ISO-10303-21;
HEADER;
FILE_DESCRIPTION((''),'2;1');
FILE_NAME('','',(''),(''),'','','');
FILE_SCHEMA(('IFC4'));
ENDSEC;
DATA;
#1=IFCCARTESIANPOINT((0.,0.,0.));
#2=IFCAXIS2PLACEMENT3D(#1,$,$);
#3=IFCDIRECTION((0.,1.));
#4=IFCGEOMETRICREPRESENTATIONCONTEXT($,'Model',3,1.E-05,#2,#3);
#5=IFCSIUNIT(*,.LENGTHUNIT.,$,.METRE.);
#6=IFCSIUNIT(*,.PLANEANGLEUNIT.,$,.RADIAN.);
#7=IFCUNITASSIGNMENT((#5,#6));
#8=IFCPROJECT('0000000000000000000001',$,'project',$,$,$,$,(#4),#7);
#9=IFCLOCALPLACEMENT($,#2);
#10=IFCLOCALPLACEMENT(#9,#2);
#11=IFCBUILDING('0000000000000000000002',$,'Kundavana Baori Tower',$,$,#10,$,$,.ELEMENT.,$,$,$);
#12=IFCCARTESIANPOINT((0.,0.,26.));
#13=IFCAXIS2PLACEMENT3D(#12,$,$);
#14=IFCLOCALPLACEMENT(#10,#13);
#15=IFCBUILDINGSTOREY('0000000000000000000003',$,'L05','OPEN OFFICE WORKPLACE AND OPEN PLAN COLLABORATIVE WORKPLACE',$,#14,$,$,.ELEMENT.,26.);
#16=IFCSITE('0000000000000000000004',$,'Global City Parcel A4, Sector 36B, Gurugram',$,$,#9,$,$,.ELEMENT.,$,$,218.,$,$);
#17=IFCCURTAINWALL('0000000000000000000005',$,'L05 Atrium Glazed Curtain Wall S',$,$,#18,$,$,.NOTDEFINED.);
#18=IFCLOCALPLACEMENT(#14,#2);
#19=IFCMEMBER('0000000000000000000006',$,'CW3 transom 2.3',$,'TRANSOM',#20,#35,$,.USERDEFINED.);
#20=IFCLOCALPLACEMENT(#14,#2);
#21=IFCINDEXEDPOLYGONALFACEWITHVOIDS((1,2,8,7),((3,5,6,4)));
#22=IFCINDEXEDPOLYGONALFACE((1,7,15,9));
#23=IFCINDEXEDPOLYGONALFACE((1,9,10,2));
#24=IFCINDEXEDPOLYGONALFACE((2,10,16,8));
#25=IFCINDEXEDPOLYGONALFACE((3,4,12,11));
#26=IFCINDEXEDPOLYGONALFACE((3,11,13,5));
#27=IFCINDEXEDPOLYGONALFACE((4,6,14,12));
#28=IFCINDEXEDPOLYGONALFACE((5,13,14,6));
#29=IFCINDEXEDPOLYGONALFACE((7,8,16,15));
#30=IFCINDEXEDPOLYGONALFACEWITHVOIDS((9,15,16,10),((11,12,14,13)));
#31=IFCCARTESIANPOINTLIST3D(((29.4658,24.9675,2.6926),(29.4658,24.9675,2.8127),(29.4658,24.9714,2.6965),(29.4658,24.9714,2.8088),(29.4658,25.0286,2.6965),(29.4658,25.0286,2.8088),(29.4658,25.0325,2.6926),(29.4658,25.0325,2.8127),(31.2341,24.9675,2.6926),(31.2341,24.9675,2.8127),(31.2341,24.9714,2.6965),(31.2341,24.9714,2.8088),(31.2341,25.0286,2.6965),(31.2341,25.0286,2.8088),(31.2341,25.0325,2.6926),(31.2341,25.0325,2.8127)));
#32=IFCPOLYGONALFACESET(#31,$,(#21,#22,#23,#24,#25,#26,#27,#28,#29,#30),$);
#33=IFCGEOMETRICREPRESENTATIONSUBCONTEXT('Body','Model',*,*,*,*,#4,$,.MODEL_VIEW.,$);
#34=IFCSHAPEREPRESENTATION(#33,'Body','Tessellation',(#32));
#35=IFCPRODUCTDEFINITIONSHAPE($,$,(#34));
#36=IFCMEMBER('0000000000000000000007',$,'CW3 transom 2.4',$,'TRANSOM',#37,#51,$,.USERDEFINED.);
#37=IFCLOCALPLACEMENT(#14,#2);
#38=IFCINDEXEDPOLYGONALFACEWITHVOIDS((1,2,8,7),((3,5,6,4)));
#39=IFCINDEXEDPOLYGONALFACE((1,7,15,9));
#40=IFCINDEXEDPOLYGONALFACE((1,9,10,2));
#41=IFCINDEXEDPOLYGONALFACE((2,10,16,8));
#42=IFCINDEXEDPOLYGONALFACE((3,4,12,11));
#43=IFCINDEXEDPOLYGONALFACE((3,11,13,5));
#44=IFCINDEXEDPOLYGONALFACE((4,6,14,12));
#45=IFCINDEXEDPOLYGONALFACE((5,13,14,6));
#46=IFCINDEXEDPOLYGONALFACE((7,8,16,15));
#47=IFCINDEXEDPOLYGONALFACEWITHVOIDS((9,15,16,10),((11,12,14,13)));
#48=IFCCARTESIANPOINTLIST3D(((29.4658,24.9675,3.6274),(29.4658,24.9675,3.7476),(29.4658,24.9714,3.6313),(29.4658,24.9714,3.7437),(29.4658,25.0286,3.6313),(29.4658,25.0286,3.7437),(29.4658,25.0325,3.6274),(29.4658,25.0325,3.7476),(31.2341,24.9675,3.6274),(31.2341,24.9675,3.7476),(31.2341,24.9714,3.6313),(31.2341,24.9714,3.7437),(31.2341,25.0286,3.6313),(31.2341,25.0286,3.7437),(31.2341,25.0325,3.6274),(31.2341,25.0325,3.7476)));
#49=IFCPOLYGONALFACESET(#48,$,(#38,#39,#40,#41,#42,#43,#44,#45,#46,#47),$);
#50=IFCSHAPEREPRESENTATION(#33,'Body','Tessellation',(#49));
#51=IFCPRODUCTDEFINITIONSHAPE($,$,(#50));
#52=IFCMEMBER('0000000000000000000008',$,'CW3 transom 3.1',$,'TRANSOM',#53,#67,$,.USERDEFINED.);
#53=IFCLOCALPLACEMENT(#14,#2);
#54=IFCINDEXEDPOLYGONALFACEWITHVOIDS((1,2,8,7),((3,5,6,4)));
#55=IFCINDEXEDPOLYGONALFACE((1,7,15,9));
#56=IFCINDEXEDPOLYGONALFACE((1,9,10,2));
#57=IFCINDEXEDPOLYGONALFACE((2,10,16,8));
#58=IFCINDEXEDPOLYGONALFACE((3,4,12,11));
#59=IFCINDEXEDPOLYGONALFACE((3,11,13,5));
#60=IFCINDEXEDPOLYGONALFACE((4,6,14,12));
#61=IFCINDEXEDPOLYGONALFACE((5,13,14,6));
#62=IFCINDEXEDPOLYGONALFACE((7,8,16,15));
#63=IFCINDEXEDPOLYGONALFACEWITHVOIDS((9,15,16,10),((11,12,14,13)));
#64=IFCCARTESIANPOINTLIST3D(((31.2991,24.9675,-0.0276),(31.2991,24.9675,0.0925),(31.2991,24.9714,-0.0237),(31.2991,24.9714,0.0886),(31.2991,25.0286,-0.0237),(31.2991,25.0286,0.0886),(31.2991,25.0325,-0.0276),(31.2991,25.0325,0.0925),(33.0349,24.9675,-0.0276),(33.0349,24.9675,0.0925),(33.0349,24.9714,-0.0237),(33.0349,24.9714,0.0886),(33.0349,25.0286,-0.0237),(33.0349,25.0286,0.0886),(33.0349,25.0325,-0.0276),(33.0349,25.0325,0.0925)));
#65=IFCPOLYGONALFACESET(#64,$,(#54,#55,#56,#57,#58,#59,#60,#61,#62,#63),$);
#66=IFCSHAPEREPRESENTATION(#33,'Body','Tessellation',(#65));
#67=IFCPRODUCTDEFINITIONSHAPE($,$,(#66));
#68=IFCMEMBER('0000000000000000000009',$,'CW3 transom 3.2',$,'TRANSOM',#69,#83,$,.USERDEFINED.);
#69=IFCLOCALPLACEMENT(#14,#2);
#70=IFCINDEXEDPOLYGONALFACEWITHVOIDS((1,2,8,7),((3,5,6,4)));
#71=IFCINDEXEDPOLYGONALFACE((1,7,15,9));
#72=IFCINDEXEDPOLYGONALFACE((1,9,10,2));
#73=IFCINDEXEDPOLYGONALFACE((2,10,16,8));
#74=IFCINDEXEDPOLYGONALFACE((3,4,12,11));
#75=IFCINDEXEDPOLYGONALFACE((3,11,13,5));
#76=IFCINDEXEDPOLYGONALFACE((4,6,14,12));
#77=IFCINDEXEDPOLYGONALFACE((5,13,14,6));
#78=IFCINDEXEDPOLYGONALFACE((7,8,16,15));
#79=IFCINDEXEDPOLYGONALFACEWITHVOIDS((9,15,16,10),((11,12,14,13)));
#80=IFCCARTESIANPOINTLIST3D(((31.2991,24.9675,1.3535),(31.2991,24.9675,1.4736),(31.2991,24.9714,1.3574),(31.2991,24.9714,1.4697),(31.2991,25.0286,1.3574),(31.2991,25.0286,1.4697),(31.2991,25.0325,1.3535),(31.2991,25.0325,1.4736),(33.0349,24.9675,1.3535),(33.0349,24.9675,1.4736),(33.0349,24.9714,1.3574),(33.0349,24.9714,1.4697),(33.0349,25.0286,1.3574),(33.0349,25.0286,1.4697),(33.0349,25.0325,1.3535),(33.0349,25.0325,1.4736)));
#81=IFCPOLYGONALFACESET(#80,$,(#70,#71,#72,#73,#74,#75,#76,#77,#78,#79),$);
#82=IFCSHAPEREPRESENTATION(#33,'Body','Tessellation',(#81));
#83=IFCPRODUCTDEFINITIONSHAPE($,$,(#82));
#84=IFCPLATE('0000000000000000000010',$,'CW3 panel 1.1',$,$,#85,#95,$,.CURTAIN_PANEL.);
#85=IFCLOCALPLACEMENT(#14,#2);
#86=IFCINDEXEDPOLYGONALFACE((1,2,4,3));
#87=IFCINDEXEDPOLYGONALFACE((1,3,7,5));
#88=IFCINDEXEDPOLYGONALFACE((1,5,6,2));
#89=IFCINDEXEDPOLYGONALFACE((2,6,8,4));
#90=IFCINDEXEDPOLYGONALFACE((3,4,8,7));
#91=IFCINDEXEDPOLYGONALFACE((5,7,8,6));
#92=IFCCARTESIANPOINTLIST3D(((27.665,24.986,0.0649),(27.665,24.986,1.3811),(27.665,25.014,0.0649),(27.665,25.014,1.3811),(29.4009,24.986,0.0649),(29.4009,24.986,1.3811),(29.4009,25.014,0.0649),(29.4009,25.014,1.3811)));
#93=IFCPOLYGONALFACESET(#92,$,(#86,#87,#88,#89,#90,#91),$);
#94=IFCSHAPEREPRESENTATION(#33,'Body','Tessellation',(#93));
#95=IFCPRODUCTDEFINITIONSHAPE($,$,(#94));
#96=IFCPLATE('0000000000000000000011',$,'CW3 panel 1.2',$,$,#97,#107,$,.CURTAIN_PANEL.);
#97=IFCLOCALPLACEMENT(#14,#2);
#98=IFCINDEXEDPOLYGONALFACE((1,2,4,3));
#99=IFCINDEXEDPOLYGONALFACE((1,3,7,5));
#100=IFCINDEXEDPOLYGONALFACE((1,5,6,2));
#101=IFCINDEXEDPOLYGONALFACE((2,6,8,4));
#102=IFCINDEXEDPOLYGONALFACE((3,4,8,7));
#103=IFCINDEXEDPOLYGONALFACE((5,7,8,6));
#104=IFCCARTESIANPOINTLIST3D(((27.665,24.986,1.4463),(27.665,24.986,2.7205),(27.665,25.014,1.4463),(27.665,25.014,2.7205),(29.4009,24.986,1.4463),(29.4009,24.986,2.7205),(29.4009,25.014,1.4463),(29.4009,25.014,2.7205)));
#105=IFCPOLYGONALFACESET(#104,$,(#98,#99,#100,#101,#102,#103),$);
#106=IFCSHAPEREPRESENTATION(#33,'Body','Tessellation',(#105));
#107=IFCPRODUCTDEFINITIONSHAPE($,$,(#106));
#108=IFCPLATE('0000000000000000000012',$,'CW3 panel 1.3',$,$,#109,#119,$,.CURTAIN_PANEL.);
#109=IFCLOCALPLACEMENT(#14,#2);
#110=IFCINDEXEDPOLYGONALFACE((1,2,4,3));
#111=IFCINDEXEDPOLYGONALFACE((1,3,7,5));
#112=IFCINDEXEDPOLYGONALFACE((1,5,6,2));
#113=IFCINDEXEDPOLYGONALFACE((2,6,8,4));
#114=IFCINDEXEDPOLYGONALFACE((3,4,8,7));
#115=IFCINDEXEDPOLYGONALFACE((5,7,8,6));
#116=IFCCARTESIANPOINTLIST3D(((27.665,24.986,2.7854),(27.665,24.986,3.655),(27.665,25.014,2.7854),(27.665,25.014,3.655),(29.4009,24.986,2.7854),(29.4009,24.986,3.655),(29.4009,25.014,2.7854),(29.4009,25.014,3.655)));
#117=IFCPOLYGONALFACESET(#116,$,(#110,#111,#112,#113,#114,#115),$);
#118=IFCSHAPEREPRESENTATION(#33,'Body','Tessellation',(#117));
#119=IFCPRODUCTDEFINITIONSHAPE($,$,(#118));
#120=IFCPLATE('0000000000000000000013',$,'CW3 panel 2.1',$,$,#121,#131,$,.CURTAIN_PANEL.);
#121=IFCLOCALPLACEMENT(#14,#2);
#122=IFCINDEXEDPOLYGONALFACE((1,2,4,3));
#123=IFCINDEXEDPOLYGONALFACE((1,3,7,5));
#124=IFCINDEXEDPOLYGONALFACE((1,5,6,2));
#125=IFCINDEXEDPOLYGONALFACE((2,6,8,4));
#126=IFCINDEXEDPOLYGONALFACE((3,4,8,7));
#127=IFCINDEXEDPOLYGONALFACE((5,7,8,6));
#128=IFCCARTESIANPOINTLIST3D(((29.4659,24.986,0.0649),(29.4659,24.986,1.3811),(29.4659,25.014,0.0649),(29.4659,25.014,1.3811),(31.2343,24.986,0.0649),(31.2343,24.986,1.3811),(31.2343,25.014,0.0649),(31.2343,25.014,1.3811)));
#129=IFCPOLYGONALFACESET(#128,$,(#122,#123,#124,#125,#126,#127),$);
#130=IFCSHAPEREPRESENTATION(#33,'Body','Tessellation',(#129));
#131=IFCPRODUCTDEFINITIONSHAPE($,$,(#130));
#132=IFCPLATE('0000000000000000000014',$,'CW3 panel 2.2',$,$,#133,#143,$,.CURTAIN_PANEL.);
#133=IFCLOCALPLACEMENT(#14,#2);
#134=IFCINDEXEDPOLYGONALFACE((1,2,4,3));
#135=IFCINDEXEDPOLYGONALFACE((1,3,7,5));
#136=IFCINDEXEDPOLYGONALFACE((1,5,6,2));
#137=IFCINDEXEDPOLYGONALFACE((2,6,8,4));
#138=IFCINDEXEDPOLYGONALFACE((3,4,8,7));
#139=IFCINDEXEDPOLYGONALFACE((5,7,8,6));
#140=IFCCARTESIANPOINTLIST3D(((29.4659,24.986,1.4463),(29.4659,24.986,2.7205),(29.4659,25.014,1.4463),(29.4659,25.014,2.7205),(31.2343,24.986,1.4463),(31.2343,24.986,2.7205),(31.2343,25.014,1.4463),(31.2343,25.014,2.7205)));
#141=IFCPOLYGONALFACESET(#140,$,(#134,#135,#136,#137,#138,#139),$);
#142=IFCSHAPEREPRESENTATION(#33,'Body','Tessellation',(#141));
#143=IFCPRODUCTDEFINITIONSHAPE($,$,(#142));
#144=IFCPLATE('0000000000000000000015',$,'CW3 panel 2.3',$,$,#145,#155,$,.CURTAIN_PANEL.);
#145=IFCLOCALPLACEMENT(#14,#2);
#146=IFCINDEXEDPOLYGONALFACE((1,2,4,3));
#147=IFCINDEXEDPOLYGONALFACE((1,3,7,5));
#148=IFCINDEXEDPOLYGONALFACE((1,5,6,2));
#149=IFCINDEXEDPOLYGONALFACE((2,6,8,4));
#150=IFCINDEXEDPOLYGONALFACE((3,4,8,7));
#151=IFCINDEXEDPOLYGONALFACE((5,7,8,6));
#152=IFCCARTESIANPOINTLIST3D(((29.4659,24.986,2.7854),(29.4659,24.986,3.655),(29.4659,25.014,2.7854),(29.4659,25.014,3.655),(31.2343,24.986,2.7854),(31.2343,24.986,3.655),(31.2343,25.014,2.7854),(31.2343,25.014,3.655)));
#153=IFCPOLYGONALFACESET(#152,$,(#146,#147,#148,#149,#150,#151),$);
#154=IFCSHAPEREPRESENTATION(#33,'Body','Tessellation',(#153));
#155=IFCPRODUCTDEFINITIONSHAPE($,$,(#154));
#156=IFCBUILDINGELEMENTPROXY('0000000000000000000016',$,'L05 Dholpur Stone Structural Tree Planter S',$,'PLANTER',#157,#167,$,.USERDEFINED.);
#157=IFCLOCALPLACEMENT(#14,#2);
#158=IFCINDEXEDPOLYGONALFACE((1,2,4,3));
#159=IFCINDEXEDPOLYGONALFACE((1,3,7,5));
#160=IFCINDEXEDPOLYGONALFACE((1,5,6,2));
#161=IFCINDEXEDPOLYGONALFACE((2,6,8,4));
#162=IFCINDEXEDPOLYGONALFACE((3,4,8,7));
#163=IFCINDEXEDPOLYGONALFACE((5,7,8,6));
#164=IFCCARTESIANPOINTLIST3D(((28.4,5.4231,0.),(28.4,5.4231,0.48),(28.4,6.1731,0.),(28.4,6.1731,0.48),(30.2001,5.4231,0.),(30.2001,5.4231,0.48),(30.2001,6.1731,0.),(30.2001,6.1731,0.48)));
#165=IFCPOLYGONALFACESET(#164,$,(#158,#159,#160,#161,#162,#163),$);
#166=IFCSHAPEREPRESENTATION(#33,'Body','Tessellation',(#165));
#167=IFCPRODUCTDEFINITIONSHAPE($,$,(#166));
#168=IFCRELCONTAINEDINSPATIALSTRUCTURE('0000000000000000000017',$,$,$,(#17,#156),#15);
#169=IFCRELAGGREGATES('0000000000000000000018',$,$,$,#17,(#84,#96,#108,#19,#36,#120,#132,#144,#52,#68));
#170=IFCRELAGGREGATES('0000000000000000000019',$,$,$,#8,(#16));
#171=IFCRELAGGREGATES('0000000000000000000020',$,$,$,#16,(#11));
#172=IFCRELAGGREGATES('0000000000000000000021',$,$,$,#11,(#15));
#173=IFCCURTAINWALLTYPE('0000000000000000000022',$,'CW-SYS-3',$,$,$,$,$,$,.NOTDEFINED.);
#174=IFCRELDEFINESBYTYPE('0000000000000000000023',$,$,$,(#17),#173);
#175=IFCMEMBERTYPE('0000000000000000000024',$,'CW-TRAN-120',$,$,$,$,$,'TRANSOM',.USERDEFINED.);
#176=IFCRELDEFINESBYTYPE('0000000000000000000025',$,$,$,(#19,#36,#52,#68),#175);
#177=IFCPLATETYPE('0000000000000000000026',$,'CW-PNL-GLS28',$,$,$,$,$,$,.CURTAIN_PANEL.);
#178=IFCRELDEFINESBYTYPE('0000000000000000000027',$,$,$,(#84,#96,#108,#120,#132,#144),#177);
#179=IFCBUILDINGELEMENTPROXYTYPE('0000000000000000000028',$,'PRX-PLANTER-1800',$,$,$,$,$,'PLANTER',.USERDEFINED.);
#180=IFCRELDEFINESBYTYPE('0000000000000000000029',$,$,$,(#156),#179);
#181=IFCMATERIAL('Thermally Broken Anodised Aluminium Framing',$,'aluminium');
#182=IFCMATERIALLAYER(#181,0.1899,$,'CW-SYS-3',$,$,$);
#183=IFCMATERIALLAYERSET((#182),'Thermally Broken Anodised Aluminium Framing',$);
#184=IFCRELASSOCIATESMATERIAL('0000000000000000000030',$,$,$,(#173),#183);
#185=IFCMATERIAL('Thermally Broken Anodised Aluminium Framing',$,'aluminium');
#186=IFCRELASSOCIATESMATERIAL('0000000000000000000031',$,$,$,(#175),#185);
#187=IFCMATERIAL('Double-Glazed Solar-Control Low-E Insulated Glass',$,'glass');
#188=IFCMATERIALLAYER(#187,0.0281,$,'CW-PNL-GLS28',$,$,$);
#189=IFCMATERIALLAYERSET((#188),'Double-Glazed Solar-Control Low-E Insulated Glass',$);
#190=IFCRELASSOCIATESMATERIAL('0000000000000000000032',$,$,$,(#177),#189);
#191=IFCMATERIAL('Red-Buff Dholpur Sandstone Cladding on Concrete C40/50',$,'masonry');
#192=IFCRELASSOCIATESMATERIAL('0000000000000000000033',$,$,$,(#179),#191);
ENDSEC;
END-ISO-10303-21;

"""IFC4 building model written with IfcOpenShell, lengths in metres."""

from ifc_helpers import new_model, si_unit, direction, frame, origin, origin_2d, place, context, subcontext, project, spatial, rectangle, hollow_rectangle, extrude, material, layer, layer_set, material_profile, profile_set, type_object, element, aggregate, save


model = new_model("IFC4")

# Units and contexts
model_context = context("Model", 3, precision=1e-05, world=origin(), true_north=direction((0.0, 1.0)))
body_context = subcontext(model_context, "Body", "Model", "MODEL_VIEW")
ifc_project = project(units=[si_unit("LENGTHUNIT", "METRE"), si_unit("PLANEANGLEUNIT", "RADIAN")], contexts=[model_context])

# Site, building, storey
site_placement = place(None, origin())
site = spatial("IfcSite", under=ifc_project, at=site_placement, Name="Global City Parcel A4, Sector 36B, Gurugram", CompositionType="ELEMENT", RefElevation=218.0)
building_placement = place(site_placement, origin())
building = spatial("IfcBuilding", under=site, at=building_placement, Name="Kundavana Baori Tower", CompositionType="ELEMENT")
storey_placement = place(building_placement, frame((0.0, 0.0, 26.0)))
storey = spatial("IfcBuildingStorey", under=building, at=storey_placement, Name="L05", Description="OPEN OFFICE WORKPLACE AND OPEN PLAN COLLABORATIVE WORKPLACE", CompositionType="ELEMENT", Elevation=26.0)

# Curtain wall, members, plates
ifc_material_1 = material(Name="Thermally Broken Anodised Aluminium Framing", Category="aluminium")
ifc_layer_1 = layer(ifc_material_1, 0.1899, Name="CW-SYS-3")
ifc_layer_set_1 = layer_set([ifc_layer_1], Name="Thermally Broken Anodised Aluminium Framing")
curtain_wall_type = type_object("IfcCurtainWallType", Name="CW-SYS-3", PredefinedType="NOTDEFINED", material=ifc_layer_set_1)
curtain_wall_placement = place(storey_placement, origin())
curtain_wall = element("IfcCurtainWall", 1, at=curtain_wall_placement, inside=storey, type_object=curtain_wall_type, Name="L05 Atrium Glazed Curtain Wall S", PredefinedType="NOTDEFINED")
ifc_material_2 = material(Name="Thermally Broken Anodised Aluminium Framing", Category="aluminium")
ifc_material_profile_1 = material_profile(ifc_material_2, hollow_rectangle(XDim=0.0649, YDim=0.1201, WallThickness=0.0039, at=origin_2d()), Name="CW-TRAN-120")
ifc_profile_set_1 = profile_set([ifc_material_profile_1], Name="Thermally Broken Anodised Aluminium Framing")
member_type_1 = type_object("IfcMemberType", Name="CW-TRAN-120", ElementType="TRANSOM", PredefinedType="USERDEFINED", material=ifc_profile_set_1)
member_1_placement = place(storey_placement, frame((29.4658, 25.0, 2.7527), z_axis=(1.0, 0.0, 0.0), x_axis=(0.0, 1.0, 0.0)))
member_1 = element("IfcMember", 2, at=member_1_placement, type_object=member_type_1, Name="CW3 transom 2.3", ObjectType="TRANSOM", PredefinedType="USERDEFINED", context=body_context, shape_type="SweptSolid", body=[
    extrude(hollow_rectangle(XDim=0.0649, YDim=0.1201, WallThickness=0.0039, at=origin_2d()), origin(), (0.0, 0.0, 1.0), 1.7683),
])
member_2_placement = place(storey_placement, frame((29.4658, 25.0, 3.6875), z_axis=(1.0, 0.0, 0.0), x_axis=(0.0, 1.0, 0.0)))
member_2 = element("IfcMember", 3, at=member_2_placement, type_object=member_type_1, Name="CW3 transom 2.4", ObjectType="TRANSOM", PredefinedType="USERDEFINED", context=body_context, shape_type="SweptSolid", body=[
    extrude(hollow_rectangle(XDim=0.0649, YDim=0.1201, WallThickness=0.0039, at=origin_2d()), origin(), (0.0, 0.0, 1.0), 1.7683),
])
member_3_placement = place(storey_placement, frame((31.2991, 25.0, 0.0325), z_axis=(1.0, 0.0, 0.0), x_axis=(0.0, 1.0, 0.0)))
member_3 = element("IfcMember", 4, at=member_3_placement, type_object=member_type_1, Name="CW3 transom 3.1", ObjectType="TRANSOM", PredefinedType="USERDEFINED", context=body_context, shape_type="SweptSolid", body=[
    extrude(hollow_rectangle(XDim=0.0649, YDim=0.1201, WallThickness=0.0039, at=origin_2d()), origin(), (0.0, 0.0, 1.0), 1.7358),
])
member_4_placement = place(storey_placement, frame((31.2991, 25.0, 1.4136), z_axis=(1.0, 0.0, 0.0), x_axis=(0.0, 1.0, 0.0)))
member_4 = element("IfcMember", 5, at=member_4_placement, type_object=member_type_1, Name="CW3 transom 3.2", ObjectType="TRANSOM", PredefinedType="USERDEFINED", context=body_context, shape_type="SweptSolid", body=[
    extrude(hollow_rectangle(XDim=0.0649, YDim=0.1201, WallThickness=0.0039, at=origin_2d()), origin(), (0.0, 0.0, 1.0), 1.7358),
])
ifc_material_3 = material(Name="Double-Glazed Solar-Control Low-E Insulated Glass", Category="glass")
ifc_layer_2 = layer(ifc_material_3, 0.0281, Name="CW-PNL-GLS28")
ifc_layer_set_2 = layer_set([ifc_layer_2], Name="Double-Glazed Solar-Control Low-E Insulated Glass")
plate_type = type_object("IfcPlateType", Name="CW-PNL-GLS28", PredefinedType="CURTAIN_PANEL", material=ifc_layer_set_2)
plate_1_placement = place(storey_placement, frame((28.533, 25.0, 0.0649), z_axis=(0.0, 0.0, 1.0), x_axis=(1.0, 0.0, 0.0)))
plate_1 = element("IfcPlate", 6, at=plate_1_placement, type_object=plate_type, Name="CW3 panel 1.1", PredefinedType="CURTAIN_PANEL", context=body_context, shape_type="SweptSolid", body=[
    extrude(rectangle(XDim=1.7358, YDim=0.0281, at=origin_2d()), origin(), (0.0, 0.0, 1.0), 1.3162),
])
plate_2_placement = place(storey_placement, frame((28.533, 25.0, 1.4463), z_axis=(0.0, 0.0, 1.0), x_axis=(1.0, 0.0, 0.0)))
plate_2 = element("IfcPlate", 7, at=plate_2_placement, type_object=plate_type, Name="CW3 panel 1.2", PredefinedType="CURTAIN_PANEL", context=body_context, shape_type="SweptSolid", body=[
    extrude(rectangle(XDim=1.7358, YDim=0.0281, at=origin_2d()), origin(), (0.0, 0.0, 1.0), 1.2742),
])
plate_3_placement = place(storey_placement, frame((28.533, 25.0, 2.7854), z_axis=(0.0, 0.0, 1.0), x_axis=(1.0, 0.0, 0.0)))
plate_3 = element("IfcPlate", 8, at=plate_3_placement, type_object=plate_type, Name="CW3 panel 1.3", PredefinedType="CURTAIN_PANEL", context=body_context, shape_type="SweptSolid", body=[
    extrude(rectangle(XDim=1.7358, YDim=0.0281, at=origin_2d()), origin(), (0.0, 0.0, 1.0), 0.8696),
])
plate_4_placement = place(storey_placement, frame((30.3501, 25.0, 0.0649), z_axis=(0.0, 0.0, 1.0), x_axis=(1.0, 0.0, 0.0)))
plate_4 = element("IfcPlate", 9, at=plate_4_placement, type_object=plate_type, Name="CW3 panel 2.1", PredefinedType="CURTAIN_PANEL", context=body_context, shape_type="SweptSolid", body=[
    extrude(rectangle(XDim=1.7683, YDim=0.0281, at=origin_2d()), origin(), (0.0, 0.0, 1.0), 1.3162),
])
plate_5_placement = place(storey_placement, frame((30.3501, 25.0, 1.4463), z_axis=(0.0, 0.0, 1.0), x_axis=(1.0, 0.0, 0.0)))
plate_5 = element("IfcPlate", 10, at=plate_5_placement, type_object=plate_type, Name="CW3 panel 2.2", PredefinedType="CURTAIN_PANEL", context=body_context, shape_type="SweptSolid", body=[
    extrude(rectangle(XDim=1.7683, YDim=0.0281, at=origin_2d()), origin(), (0.0, 0.0, 1.0), 1.2742),
])
plate_6_placement = place(storey_placement, frame((30.3501, 25.0, 2.7854), z_axis=(0.0, 0.0, 1.0), x_axis=(1.0, 0.0, 0.0)))
plate_6 = element("IfcPlate", 11, at=plate_6_placement, type_object=plate_type, Name="CW3 panel 2.3", PredefinedType="CURTAIN_PANEL", context=body_context, shape_type="SweptSolid", body=[
    extrude(rectangle(XDim=1.7683, YDim=0.0281, at=origin_2d()), origin(), (0.0, 0.0, 1.0), 0.8696),
])
aggregate(curtain_wall, [plate_1, plate_2, plate_3, member_1, member_2, plate_4, plate_5, plate_6, member_3, member_4])

# Building element proxy
ifc_material_4 = material(Name="Red-Buff Dholpur Sandstone Cladding on Concrete C40/50", Category="masonry")
building_element_proxy_type = type_object("IfcBuildingElementProxyType", Name="PRX-PLANTER-1800", ElementType="PLANTER", PredefinedType="USERDEFINED", material=ifc_material_4)
proxy_placement = place(storey_placement, frame((29.3, 5.7981, 0.0), z_axis=(0.0, 0.0, 1.0), x_axis=(1.0, 0.0, 0.0)))
element("IfcBuildingElementProxy", 12, at=proxy_placement, inside=storey, type_object=building_element_proxy_type, Name="L05 Dholpur Stone Structural Tree Planter S", ObjectType="PLANTER", PredefinedType="USERDEFINED", context=body_context, shape_type="SweptSolid", body=[
    extrude(rectangle(XDim=1.8, YDim=0.75, at=origin_2d()), origin(), (0.0, 0.0, 1.0), 0.48),
])

save(model, "model.ifc")
